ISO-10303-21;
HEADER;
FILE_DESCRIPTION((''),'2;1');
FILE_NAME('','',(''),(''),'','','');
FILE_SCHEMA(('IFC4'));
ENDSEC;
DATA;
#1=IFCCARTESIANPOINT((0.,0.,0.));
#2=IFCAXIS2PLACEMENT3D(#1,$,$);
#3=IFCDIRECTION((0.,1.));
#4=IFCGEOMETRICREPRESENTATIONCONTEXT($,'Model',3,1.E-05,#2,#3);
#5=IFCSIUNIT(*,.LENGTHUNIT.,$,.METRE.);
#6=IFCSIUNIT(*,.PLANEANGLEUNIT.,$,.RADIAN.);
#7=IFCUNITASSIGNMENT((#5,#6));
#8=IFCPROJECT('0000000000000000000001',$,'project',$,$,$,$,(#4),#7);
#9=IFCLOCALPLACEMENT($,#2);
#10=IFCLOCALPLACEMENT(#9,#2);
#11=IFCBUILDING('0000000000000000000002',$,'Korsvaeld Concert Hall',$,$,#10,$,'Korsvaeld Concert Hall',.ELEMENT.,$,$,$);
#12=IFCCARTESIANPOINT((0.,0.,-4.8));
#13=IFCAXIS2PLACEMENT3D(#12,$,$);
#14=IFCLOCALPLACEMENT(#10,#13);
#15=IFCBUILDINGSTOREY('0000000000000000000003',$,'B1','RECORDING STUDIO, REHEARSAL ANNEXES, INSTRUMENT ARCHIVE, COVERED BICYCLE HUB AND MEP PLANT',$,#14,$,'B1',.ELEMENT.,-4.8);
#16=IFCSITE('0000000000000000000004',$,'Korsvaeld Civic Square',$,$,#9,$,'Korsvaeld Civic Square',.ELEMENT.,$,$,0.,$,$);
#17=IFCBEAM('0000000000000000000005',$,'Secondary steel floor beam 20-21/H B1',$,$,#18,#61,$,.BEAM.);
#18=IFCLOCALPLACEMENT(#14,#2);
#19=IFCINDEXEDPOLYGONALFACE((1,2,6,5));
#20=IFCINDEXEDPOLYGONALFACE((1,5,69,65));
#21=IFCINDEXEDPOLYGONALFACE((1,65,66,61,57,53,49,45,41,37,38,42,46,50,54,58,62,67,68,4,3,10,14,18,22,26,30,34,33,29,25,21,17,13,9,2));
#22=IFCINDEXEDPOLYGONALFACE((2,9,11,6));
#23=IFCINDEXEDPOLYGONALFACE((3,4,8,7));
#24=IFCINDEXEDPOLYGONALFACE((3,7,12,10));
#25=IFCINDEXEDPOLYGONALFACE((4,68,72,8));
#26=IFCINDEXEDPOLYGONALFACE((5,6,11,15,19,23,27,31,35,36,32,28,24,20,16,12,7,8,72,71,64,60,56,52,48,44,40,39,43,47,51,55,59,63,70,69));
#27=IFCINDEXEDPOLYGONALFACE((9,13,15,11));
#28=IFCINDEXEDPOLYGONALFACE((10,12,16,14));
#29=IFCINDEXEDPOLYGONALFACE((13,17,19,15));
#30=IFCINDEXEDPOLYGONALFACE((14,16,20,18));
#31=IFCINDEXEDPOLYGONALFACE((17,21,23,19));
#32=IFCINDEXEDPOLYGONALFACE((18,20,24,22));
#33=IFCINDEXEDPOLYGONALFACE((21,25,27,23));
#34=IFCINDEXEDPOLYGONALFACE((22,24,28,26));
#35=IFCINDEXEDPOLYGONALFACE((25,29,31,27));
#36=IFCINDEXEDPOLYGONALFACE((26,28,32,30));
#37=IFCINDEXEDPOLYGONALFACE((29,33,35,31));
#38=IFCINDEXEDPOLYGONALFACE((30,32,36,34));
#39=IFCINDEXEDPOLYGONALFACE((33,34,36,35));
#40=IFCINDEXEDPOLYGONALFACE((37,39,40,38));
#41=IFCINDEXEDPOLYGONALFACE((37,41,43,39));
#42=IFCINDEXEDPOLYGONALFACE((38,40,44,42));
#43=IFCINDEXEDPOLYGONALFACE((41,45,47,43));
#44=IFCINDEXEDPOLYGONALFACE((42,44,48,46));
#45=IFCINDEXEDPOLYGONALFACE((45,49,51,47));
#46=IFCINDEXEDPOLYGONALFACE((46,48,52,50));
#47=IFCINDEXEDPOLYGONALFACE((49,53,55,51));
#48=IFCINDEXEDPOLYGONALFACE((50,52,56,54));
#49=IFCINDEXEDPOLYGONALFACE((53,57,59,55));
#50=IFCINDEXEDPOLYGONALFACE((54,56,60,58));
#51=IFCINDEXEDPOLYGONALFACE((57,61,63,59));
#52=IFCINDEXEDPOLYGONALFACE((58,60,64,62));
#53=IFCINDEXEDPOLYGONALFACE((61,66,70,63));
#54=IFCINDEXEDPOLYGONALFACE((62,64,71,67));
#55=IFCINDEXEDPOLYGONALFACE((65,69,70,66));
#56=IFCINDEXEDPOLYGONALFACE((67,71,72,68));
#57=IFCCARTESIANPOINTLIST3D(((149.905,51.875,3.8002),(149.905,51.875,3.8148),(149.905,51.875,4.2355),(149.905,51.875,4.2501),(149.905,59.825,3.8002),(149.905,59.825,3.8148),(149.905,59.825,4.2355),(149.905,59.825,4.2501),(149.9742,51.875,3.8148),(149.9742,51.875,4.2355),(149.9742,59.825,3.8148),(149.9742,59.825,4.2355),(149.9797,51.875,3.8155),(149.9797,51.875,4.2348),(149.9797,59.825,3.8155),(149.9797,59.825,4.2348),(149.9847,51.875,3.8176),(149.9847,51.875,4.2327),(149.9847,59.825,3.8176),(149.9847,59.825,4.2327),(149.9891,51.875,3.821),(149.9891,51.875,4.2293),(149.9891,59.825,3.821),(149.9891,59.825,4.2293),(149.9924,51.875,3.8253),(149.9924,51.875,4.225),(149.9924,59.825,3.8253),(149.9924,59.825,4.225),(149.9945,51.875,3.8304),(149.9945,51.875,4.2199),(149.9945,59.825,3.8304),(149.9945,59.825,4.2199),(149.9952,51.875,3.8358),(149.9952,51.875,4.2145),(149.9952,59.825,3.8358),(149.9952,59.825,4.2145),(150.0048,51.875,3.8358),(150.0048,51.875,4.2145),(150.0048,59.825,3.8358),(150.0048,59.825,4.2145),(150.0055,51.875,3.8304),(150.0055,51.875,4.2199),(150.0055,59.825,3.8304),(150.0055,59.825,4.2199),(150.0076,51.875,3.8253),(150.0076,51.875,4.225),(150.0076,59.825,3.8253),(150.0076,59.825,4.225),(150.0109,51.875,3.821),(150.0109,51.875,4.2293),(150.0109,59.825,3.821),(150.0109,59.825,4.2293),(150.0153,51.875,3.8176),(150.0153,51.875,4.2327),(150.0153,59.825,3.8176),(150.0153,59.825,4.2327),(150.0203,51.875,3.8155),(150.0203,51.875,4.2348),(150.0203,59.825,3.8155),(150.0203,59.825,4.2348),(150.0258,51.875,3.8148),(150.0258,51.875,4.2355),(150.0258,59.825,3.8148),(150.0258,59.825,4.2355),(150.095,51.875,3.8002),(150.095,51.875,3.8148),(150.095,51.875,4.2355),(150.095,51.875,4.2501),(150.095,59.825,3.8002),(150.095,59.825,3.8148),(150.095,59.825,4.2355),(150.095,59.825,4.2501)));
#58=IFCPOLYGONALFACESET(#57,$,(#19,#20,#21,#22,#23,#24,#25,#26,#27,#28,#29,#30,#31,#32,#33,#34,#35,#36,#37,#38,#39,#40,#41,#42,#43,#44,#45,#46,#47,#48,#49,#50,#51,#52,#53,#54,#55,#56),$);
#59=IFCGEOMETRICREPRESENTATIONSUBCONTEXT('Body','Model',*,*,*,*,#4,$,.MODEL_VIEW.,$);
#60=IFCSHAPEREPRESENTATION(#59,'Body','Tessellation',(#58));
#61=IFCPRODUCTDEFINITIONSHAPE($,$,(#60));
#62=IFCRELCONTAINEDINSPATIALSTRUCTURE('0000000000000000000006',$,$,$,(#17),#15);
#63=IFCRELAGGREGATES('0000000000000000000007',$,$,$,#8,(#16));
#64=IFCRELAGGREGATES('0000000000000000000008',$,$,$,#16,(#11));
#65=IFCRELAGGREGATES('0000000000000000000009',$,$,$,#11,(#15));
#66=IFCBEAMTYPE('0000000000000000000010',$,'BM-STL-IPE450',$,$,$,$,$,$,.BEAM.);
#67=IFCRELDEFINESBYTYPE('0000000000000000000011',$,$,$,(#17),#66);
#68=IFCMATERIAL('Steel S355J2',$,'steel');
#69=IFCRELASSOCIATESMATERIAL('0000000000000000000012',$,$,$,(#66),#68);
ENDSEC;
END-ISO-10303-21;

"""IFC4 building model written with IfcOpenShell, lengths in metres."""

from ifc_helpers import new_model, si_unit, direction, frame, origin, origin_2d, place, context, subcontext, project, spatial, i_section, extrude, material, material_profile, profile_set, type_object, element, save


model = new_model("IFC4")

# Units and contexts
model_context = context("Model", 3, precision=1e-05, world=origin(), true_north=direction((0.0, 1.0)))
body_context = subcontext(model_context, "Body", "Model", "MODEL_VIEW")
ifc_project = project(units=[si_unit("LENGTHUNIT", "METRE"), si_unit("PLANEANGLEUNIT", "RADIAN")], contexts=[model_context])

# Site, building, storey
site_placement = place(None, origin())
site = spatial("IfcSite", under=ifc_project, at=site_placement, Name="Korsvaeld Civic Square", LongName="Korsvaeld Civic Square", CompositionType="ELEMENT", RefElevation=0.0)
building_placement = place(site_placement, origin())
building = spatial("IfcBuilding", under=site, at=building_placement, Name="Korsvaeld Concert Hall", LongName="Korsvaeld Concert Hall", CompositionType="ELEMENT")
storey_placement = place(building_placement, frame((0.0, 0.0, -4.8)))
storey = spatial("IfcBuildingStorey", under=building, at=storey_placement, Name="B1", Description="RECORDING STUDIO, REHEARSAL ANNEXES, INSTRUMENT ARCHIVE, COVERED BICYCLE HUB AND MEP PLANT", LongName="B1", CompositionType="ELEMENT", Elevation=-4.8)

# Beam
ifc_material_1 = material(Name="Steel S355J2", Category="steel")
ifc_material_profile_1 = material_profile(ifc_material_1, i_section(OverallWidth=0.1899, OverallDepth=0.45, WebThickness=0.0095, FlangeThickness=0.0146, FilletRadius=0.021, at=origin_2d()), Name="IPE 450")
ifc_profile_set_1 = profile_set([ifc_material_profile_1], Name="Steel S355J2")
beam_type_1 = type_object("IfcBeamType", Name="BM-STL-IPE450", PredefinedType="BEAM", material=ifc_profile_set_1)
beam_1_placement = place(storey_placement, frame((150.0, 51.875, 4.0251), z_axis=(0.0, 1.0, 0.0), x_axis=(-1.0, 0.0, 0.0)))
element("IfcBeam", 1, at=beam_1_placement, inside=storey, type_object=beam_type_1, Name="Secondary steel floor beam 20-21/H B1", PredefinedType="BEAM", context=body_context, shape_type="SweptSolid", body=[
    extrude(i_section(OverallWidth=0.1899, OverallDepth=0.45, WebThickness=0.0095, FlangeThickness=0.0146, FilletRadius=0.021, at=origin_2d()), origin(), (0.0, 0.0, 1.0), 7.95),
])

save(model, "model.ifc")
